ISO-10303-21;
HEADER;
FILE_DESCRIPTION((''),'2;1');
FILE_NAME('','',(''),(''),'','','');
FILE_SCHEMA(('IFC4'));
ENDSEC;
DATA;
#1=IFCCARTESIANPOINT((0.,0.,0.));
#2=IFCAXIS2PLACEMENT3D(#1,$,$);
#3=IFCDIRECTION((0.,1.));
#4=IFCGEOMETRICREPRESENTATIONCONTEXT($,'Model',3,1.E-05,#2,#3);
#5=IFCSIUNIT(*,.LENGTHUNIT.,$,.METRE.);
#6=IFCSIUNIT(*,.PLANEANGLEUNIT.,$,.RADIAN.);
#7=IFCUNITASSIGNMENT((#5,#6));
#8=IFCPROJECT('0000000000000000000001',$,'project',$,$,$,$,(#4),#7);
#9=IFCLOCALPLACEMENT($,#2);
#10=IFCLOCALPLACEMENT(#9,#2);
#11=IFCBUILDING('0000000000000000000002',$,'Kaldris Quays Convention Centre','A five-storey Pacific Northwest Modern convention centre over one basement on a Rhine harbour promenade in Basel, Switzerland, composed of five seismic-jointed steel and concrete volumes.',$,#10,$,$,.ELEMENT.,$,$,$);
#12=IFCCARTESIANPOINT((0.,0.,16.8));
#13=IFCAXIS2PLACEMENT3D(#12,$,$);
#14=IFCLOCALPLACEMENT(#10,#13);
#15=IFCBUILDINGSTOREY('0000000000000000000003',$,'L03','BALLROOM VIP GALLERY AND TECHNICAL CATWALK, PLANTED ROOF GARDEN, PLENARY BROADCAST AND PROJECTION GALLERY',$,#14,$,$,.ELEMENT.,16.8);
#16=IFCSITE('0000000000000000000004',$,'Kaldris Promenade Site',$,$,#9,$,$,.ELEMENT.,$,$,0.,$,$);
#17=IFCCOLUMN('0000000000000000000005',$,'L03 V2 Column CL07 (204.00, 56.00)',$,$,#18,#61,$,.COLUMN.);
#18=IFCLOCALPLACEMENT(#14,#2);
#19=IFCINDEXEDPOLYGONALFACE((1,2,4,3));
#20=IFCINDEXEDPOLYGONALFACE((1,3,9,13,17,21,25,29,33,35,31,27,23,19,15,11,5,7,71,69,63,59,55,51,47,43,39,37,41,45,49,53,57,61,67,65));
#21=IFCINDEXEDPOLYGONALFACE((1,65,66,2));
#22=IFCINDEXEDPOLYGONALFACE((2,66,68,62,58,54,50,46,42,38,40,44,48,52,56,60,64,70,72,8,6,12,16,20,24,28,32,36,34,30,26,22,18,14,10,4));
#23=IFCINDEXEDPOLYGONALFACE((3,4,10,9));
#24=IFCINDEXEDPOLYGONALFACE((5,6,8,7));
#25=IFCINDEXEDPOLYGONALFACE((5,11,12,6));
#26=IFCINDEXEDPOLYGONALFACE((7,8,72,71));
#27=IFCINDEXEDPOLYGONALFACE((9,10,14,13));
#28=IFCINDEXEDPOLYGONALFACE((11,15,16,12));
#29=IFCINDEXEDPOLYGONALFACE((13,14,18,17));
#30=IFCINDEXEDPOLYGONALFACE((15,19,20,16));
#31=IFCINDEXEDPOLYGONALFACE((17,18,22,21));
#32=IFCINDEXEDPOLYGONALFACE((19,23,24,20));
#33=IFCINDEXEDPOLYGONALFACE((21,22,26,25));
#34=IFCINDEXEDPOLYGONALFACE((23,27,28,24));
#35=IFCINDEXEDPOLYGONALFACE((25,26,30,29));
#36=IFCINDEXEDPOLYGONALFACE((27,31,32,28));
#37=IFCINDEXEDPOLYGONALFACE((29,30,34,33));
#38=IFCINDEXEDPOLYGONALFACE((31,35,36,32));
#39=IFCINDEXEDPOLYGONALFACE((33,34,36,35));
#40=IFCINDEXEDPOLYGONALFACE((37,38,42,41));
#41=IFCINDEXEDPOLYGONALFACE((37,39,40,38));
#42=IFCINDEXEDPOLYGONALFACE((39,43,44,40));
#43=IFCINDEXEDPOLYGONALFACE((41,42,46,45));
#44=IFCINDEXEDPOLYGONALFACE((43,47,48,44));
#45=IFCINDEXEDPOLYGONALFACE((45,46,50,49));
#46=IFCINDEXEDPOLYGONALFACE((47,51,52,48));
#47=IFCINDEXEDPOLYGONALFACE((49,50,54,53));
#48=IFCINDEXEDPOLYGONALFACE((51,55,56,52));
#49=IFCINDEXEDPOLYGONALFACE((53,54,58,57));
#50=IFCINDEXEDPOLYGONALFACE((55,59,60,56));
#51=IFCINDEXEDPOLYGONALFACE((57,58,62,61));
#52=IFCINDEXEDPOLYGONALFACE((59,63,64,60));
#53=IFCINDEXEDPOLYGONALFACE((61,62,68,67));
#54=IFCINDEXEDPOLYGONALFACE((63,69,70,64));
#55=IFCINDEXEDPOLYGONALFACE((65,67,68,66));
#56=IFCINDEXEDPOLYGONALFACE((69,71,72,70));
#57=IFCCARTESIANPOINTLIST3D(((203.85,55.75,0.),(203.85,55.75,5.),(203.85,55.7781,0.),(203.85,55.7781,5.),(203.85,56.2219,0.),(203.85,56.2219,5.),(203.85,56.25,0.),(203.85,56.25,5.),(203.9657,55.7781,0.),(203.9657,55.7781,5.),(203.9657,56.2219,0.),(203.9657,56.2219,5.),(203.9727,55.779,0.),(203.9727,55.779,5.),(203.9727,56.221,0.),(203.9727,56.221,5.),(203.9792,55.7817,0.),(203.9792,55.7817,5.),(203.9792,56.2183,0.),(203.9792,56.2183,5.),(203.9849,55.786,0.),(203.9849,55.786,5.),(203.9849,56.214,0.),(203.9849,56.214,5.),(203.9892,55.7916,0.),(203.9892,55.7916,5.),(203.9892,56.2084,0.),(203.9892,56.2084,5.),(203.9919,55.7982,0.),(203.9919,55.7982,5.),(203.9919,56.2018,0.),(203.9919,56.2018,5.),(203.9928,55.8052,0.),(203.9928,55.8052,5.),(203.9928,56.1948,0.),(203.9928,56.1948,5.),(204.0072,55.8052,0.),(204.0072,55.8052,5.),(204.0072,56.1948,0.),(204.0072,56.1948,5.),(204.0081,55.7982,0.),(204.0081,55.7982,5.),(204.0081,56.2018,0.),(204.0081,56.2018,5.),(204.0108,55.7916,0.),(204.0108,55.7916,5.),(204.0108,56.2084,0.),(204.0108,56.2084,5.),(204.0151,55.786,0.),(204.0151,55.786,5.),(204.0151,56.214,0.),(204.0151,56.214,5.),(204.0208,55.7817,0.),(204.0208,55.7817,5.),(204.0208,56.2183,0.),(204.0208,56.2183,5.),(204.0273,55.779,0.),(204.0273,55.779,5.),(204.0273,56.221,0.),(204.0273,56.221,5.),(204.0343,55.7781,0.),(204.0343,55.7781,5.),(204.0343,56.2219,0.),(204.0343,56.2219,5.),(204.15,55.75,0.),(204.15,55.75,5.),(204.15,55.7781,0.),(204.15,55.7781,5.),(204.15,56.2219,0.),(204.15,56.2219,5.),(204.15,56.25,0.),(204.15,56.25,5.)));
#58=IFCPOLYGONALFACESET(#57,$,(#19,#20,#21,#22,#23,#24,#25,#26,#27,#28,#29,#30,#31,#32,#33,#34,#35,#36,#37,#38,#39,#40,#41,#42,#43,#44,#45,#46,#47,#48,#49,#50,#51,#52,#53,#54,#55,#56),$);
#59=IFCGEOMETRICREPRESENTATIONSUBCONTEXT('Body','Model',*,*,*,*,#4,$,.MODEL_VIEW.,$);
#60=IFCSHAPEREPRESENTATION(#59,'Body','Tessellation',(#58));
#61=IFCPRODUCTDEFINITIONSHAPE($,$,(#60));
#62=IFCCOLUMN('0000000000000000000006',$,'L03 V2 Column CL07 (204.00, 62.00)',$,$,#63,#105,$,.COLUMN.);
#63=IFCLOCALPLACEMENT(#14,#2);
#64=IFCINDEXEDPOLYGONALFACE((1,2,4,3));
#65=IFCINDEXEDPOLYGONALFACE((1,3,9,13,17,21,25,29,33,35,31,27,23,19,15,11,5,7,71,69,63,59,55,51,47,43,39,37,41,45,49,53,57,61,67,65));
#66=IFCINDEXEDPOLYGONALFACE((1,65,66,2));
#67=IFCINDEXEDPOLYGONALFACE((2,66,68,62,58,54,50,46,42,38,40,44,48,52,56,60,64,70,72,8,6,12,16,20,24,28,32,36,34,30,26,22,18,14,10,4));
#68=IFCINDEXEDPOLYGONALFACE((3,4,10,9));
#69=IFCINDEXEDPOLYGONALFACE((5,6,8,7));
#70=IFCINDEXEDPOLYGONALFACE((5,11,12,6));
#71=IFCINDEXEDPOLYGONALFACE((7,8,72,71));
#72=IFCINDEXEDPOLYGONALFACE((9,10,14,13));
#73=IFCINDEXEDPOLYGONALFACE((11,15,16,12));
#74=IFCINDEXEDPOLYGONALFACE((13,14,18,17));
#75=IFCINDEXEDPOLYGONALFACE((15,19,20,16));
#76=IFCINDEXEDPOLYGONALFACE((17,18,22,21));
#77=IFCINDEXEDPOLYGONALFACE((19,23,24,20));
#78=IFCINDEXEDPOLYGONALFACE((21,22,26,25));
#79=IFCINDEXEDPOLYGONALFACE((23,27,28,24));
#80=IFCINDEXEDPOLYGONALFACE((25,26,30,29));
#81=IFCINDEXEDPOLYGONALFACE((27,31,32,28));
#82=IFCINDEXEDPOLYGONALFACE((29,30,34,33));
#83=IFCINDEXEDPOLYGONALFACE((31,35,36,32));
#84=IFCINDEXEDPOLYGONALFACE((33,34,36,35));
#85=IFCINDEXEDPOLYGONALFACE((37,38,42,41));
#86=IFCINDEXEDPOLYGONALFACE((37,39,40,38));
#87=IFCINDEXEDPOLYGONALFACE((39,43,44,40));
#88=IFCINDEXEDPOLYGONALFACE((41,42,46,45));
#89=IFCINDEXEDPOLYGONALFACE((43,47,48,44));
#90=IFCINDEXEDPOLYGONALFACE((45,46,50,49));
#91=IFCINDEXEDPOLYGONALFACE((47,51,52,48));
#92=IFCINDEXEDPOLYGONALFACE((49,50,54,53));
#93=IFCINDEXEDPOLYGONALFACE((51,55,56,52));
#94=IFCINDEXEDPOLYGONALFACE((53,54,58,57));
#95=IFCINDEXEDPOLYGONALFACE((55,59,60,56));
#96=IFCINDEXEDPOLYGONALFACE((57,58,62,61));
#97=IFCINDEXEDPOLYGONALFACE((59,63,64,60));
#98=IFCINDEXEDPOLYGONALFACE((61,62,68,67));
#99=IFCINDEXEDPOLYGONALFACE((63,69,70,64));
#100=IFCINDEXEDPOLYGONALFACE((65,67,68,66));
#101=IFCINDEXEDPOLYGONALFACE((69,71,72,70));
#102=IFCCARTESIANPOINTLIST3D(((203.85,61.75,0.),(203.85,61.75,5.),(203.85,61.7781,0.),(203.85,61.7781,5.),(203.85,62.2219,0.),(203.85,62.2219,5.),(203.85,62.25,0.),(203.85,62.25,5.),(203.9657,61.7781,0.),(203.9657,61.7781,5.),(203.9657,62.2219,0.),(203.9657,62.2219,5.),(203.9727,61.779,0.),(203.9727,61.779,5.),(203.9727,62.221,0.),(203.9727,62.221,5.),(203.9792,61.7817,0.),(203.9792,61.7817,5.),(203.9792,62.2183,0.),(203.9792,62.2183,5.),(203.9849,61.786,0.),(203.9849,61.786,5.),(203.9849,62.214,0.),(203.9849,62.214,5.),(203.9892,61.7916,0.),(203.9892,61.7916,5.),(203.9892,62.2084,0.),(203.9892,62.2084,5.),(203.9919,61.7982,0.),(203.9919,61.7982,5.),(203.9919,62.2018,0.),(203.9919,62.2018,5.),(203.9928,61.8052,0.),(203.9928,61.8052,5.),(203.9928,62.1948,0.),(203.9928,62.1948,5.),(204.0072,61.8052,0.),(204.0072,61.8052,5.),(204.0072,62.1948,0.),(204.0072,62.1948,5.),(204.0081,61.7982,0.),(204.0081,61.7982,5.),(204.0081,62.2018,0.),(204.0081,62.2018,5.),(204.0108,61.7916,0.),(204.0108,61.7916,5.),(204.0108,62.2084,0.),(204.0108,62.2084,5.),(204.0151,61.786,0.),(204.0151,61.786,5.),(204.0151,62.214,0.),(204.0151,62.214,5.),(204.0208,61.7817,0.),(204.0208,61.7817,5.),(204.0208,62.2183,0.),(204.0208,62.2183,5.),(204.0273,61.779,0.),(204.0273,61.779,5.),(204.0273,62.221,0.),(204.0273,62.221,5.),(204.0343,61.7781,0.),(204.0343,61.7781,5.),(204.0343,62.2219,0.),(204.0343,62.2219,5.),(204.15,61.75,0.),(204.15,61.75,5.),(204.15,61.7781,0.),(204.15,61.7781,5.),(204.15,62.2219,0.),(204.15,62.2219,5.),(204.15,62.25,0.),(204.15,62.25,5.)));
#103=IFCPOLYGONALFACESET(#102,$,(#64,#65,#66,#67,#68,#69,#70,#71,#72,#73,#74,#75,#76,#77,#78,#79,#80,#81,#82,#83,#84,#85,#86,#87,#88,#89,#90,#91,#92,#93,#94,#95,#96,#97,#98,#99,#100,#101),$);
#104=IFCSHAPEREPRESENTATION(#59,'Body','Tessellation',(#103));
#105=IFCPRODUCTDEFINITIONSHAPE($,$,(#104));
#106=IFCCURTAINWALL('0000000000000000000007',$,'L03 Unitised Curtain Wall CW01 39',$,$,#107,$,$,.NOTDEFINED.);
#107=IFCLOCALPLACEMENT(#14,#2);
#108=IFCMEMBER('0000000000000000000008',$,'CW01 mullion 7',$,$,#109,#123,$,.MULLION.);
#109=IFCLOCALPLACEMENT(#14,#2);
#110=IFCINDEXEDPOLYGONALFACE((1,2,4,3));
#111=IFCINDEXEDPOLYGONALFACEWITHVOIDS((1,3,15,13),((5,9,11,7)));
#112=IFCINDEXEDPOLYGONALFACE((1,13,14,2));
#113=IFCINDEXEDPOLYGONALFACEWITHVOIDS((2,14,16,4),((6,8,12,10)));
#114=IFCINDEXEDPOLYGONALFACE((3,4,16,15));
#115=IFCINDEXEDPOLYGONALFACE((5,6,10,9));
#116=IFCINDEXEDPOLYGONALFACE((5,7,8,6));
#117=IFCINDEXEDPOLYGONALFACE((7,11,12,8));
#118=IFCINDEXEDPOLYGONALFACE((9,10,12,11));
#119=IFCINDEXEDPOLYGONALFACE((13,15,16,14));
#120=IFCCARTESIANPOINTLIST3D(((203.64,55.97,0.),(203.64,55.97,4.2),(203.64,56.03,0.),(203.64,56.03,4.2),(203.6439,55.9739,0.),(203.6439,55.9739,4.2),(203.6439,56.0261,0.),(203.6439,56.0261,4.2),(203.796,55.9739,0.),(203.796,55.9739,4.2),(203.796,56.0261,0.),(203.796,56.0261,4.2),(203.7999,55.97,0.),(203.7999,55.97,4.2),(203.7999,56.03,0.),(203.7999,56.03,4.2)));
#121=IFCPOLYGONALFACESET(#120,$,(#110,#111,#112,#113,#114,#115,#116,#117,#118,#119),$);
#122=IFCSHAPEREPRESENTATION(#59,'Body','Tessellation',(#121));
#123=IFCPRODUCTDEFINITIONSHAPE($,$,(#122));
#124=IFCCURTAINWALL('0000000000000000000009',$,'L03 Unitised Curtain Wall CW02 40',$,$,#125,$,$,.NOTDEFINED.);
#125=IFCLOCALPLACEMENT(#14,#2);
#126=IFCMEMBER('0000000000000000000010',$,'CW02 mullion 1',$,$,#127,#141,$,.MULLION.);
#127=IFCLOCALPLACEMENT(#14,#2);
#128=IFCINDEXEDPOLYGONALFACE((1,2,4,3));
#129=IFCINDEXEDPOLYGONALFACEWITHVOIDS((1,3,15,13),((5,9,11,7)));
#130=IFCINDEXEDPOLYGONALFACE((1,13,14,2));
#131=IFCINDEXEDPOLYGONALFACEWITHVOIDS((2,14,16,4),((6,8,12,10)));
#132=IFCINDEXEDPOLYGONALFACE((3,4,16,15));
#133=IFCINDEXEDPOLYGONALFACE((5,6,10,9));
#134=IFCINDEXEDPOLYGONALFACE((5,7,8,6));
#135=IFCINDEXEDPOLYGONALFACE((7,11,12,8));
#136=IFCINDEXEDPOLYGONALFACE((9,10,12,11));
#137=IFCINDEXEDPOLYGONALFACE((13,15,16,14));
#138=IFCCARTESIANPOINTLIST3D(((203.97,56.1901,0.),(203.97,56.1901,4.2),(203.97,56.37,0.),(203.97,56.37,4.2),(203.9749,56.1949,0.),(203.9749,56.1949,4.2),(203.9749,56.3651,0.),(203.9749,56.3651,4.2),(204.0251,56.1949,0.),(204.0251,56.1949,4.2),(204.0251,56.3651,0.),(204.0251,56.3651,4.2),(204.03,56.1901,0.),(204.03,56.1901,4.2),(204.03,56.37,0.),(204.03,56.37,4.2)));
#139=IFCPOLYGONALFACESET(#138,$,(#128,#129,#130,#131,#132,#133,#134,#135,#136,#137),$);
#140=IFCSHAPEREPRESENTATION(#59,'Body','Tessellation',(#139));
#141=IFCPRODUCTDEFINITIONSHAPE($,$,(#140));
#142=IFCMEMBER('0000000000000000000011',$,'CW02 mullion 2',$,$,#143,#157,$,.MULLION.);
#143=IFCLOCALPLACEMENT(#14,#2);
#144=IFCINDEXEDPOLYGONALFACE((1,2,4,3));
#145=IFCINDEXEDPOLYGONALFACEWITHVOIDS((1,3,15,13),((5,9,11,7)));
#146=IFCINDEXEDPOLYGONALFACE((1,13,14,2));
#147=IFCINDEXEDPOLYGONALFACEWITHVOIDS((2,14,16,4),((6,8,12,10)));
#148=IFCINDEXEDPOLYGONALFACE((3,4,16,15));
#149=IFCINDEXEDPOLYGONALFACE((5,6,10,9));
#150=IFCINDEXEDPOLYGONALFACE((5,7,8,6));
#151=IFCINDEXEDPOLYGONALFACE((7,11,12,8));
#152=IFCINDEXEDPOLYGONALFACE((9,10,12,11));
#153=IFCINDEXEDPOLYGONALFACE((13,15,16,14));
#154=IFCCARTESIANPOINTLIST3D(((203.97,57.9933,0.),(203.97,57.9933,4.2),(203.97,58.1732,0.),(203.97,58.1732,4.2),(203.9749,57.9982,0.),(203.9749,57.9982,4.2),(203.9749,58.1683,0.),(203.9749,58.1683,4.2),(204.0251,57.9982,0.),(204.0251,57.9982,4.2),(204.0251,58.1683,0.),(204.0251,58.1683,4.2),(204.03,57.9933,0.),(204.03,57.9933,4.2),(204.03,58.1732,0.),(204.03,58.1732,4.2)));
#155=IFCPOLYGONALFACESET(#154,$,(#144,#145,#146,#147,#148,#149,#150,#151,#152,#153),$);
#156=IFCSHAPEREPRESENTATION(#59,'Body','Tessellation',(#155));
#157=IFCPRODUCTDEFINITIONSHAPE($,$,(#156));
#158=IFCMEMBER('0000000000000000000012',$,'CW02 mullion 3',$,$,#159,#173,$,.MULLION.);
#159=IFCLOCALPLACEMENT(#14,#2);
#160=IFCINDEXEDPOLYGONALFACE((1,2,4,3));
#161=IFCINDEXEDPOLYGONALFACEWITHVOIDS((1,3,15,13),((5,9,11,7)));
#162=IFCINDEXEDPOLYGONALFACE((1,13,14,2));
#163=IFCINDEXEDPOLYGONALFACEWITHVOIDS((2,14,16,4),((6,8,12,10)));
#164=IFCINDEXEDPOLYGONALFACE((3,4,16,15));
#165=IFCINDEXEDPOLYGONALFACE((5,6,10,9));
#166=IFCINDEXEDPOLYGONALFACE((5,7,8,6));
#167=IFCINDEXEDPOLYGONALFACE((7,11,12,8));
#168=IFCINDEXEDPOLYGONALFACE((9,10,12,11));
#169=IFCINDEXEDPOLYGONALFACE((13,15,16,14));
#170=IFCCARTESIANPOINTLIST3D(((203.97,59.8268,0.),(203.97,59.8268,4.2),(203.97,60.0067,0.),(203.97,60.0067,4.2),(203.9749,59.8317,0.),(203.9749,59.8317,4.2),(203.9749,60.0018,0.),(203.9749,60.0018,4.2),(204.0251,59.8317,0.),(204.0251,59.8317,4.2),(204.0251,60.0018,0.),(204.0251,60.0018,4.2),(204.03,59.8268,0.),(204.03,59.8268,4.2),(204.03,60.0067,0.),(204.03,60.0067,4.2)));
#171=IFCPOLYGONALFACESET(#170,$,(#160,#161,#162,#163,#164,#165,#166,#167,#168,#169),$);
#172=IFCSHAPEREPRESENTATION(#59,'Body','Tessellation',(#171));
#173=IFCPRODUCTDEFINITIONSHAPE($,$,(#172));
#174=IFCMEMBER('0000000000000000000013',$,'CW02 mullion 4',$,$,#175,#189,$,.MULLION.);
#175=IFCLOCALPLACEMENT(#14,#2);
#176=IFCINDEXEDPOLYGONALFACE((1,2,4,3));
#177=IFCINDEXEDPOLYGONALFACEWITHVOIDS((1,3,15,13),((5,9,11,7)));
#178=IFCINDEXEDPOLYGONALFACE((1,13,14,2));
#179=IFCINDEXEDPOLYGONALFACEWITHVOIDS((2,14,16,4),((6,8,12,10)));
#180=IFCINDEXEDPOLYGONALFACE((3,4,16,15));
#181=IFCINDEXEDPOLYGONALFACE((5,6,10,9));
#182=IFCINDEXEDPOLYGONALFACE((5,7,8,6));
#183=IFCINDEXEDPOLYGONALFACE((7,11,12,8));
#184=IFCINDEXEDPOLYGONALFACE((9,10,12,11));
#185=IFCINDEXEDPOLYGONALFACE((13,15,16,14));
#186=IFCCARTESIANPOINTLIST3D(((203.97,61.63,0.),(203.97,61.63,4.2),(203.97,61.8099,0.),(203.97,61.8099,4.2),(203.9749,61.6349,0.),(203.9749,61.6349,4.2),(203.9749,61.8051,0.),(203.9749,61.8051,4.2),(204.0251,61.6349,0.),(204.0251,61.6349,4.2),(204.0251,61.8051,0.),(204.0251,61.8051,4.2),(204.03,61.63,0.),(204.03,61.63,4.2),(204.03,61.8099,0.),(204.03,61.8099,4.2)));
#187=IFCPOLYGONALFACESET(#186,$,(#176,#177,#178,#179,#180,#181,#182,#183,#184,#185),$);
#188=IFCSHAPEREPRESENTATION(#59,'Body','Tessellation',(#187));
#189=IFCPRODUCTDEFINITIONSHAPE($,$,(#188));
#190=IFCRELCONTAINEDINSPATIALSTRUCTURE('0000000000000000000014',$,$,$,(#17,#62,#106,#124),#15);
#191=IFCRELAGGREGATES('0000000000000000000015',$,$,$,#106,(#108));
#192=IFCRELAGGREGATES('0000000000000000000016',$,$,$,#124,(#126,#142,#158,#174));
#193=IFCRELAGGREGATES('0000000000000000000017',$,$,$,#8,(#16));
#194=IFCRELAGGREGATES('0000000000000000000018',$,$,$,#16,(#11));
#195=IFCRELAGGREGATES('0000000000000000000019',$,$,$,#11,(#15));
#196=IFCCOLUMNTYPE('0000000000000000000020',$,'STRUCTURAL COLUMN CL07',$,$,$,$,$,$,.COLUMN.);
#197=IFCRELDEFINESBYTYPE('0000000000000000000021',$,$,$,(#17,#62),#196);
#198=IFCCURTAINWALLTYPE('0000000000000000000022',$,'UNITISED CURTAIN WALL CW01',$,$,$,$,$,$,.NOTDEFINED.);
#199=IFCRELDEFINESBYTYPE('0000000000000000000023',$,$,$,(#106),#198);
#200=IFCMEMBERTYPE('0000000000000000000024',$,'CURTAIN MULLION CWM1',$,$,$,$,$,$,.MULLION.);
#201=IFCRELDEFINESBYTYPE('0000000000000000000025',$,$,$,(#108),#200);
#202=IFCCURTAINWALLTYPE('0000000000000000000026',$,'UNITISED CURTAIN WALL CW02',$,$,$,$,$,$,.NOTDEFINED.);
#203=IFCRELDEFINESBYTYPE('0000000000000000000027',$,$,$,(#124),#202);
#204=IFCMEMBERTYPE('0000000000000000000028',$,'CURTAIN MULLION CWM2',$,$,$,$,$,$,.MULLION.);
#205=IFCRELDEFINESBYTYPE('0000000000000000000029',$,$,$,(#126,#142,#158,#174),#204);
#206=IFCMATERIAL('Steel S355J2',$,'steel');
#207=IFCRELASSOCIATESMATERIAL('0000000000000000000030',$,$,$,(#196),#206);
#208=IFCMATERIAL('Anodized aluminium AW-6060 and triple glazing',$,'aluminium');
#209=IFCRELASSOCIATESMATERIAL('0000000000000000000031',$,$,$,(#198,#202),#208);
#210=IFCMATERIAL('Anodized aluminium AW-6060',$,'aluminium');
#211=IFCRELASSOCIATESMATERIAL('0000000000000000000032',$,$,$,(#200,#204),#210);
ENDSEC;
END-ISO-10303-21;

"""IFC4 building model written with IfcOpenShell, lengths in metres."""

from ifc_helpers import new_model, si_unit, direction, frame, origin, origin_2d, place, context, subcontext, project, spatial, hollow_rectangle, i_section, extrude, material, material_profile, profile_set, type_object, element, aggregate, save


model = new_model("IFC4")

# Units and contexts
model_context = context("Model", 3, precision=1e-05, world=origin(), true_north=direction((0.0, 1.0)))
body_context = subcontext(model_context, "Body", "Model", "MODEL_VIEW")
ifc_project = project(units=[si_unit("LENGTHUNIT", "METRE"), si_unit("PLANEANGLEUNIT", "RADIAN")], contexts=[model_context])

# Site, building, storey
site_placement = place(None, origin())
site = spatial("IfcSite", under=ifc_project, at=site_placement, Name="Kaldris Promenade Site", CompositionType="ELEMENT", RefElevation=0.0)
building_placement = place(site_placement, origin())
building = spatial("IfcBuilding", under=site, at=building_placement, Name="Kaldris Quays Convention Centre", Description="A five-storey Pacific Northwest Modern convention centre over one basement on a Rhine harbour promenade in Basel, Switzerland, composed of five seismic-jointed steel and concrete volumes.", CompositionType="ELEMENT")
storey_placement = place(building_placement, frame((0.0, 0.0, 16.8)))
storey = spatial("IfcBuildingStorey", under=building, at=storey_placement, Name="L03", Description="BALLROOM VIP GALLERY AND TECHNICAL CATWALK, PLANTED ROOF GARDEN, PLENARY BROADCAST AND PROJECTION GALLERY", CompositionType="ELEMENT", Elevation=16.8)

# Columns
ifc_material_1 = material(Name="Steel S355J2", Category="steel")
ifc_material_profile_1 = material_profile(ifc_material_1, i_section(OverallWidth=0.3, OverallDepth=0.5, WebThickness=0.0144, FlangeThickness=0.0281, FilletRadius=0.0271, at=origin_2d()), Name="HEB 500")
ifc_profile_set_1 = profile_set([ifc_material_profile_1], Name="Steel S355J2")
column_type = type_object("IfcColumnType", Name="STRUCTURAL COLUMN CL07", PredefinedType="COLUMN", material=ifc_profile_set_1)
for number, where, z_axis, x_axis, name in (
    (1, (204.0, 56.0, 0.0), (0.0, 0.0, 1.0), (1.0, 0.0, 0.0), "L03 V2 Column CL07 (204.00, 56.00)"),
    (2, (204.0, 62.0, 0.0), (0.0, 0.0, 1.0), (1.0, 0.0, 0.0), "L03 V2 Column CL07 (204.00, 62.00)"),
):
    element("IfcColumn", number, at=place(storey_placement, frame(where, z_axis=z_axis, x_axis=x_axis)), inside=storey, type_object=column_type, Name=name, PredefinedType="COLUMN", context=body_context, shape_type="SweptSolid", body=[
        extrude(i_section(OverallWidth=0.3, OverallDepth=0.5, WebThickness=0.0144, FlangeThickness=0.0281, FilletRadius=0.0271, at=origin_2d()), origin(), (0.0, 0.0, 1.0), 5.0),
    ])

# Curtain wall, member
ifc_material_2 = material(Name="Anodized aluminium AW-6060 and triple glazing", Category="aluminium")
curtain_wall_type_1 = type_object("IfcCurtainWallType", Name="UNITISED CURTAIN WALL CW01", PredefinedType="NOTDEFINED", material=ifc_material_2)
curtain_wall_1_placement = place(storey_placement, origin())
curtain_wall_1 = element("IfcCurtainWall", 3, at=curtain_wall_1_placement, inside=storey, type_object=curtain_wall_type_1, Name="L03 Unitised Curtain Wall CW01 39", PredefinedType="NOTDEFINED")
ifc_material_3 = material(Name="Anodized aluminium AW-6060", Category="aluminium")
ifc_material_profile_2 = material_profile(ifc_material_3, hollow_rectangle(XDim=0.0601, YDim=0.1599, WallThickness=0.0039, at=origin_2d()), Name="RHS 160x60x4")
ifc_profile_set_2 = profile_set([ifc_material_profile_2], Name="Anodized aluminium AW-6060")
member_type_1 = type_object("IfcMemberType", Name="CURTAIN MULLION CWM1", PredefinedType="MULLION", material=ifc_profile_set_2)
member_1_placement = place(storey_placement, frame((203.72, 56.0, 0.0), z_axis=(0.0, 0.0, 1.0), x_axis=(0.0, 1.0, 0.0)))
member_1 = element("IfcMember", 4, at=member_1_placement, type_object=member_type_1, Name="CW01 mullion 7", PredefinedType="MULLION", context=body_context, shape_type="SweptSolid", body=[
    extrude(hollow_rectangle(XDim=0.0601, YDim=0.1599, WallThickness=0.0039, at=origin_2d()), origin(), (0.0, 0.0, 1.0), 4.2),
])
aggregate(curtain_wall_1, [member_1])

# Curtain wall, members
curtain_wall_type_2 = type_object("IfcCurtainWallType", Name="UNITISED CURTAIN WALL CW02", PredefinedType="NOTDEFINED", material=ifc_material_2)
curtain_wall_2_placement = place(storey_placement, origin())
curtain_wall_2 = element("IfcCurtainWall", 5, at=curtain_wall_2_placement, inside=storey, type_object=curtain_wall_type_2, Name="L03 Unitised Curtain Wall CW02 40", PredefinedType="NOTDEFINED")
ifc_material_profile_3 = material_profile(ifc_material_3, hollow_rectangle(XDim=0.0601, YDim=0.1799, WallThickness=0.0049, at=origin_2d()), Name="RHS 180x60x5")
ifc_profile_set_3 = profile_set([ifc_material_profile_3], Name="Anodized aluminium AW-6060")
member_type_2 = type_object("IfcMemberType", Name="CURTAIN MULLION CWM2", PredefinedType="MULLION", material=ifc_profile_set_3)
member_2_placement = place(storey_placement, frame((204.0, 56.28, 0.0), z_axis=(0.0, 0.0, 1.0), x_axis=(-1.0, 0.0, 0.0)))
member_2 = element("IfcMember", 6, at=member_2_placement, type_object=member_type_2, Name="CW02 mullion 1", PredefinedType="MULLION", context=body_context, shape_type="SweptSolid", body=[
    extrude(hollow_rectangle(XDim=0.0601, YDim=0.1799, WallThickness=0.0049, at=origin_2d()), origin(), (0.0, 0.0, 1.0), 4.2),
])
member_3_placement = place(storey_placement, frame((204.0, 58.0833, 0.0), z_axis=(0.0, 0.0, 1.0), x_axis=(-1.0, 0.0, 0.0)))
member_3 = element("IfcMember", 7, at=member_3_placement, type_object=member_type_2, Name="CW02 mullion 2", PredefinedType="MULLION", context=body_context, shape_type="SweptSolid", body=[
    extrude(hollow_rectangle(XDim=0.0601, YDim=0.1799, WallThickness=0.0049, at=origin_2d()), origin(), (0.0, 0.0, 1.0), 4.2),
])
member_4_placement = place(storey_placement, frame((204.0, 59.9167, 0.0), z_axis=(0.0, 0.0, 1.0), x_axis=(-1.0, 0.0, 0.0)))
member_4 = element("IfcMember", 8, at=member_4_placement, type_object=member_type_2, Name="CW02 mullion 3", PredefinedType="MULLION", context=body_context, shape_type="SweptSolid", body=[
    extrude(hollow_rectangle(XDim=0.0601, YDim=0.1799, WallThickness=0.0049, at=origin_2d()), origin(), (0.0, 0.0, 1.0), 4.2),
])
member_5_placement = place(storey_placement, frame((204.0, 61.72, 0.0), z_axis=(0.0, 0.0, 1.0), x_axis=(-1.0, 0.0, 0.0)))
member_5 = element("IfcMember", 9, at=member_5_placement, type_object=member_type_2, Name="CW02 mullion 4", PredefinedType="MULLION", context=body_context, shape_type="SweptSolid", body=[
    extrude(hollow_rectangle(XDim=0.0601, YDim=0.1799, WallThickness=0.0049, at=origin_2d()), origin(), (0.0, 0.0, 1.0), 4.2),
])

aggregate(curtain_wall_2, [member_2, member_3, member_4, member_5])

save(model, "model.ifc")
